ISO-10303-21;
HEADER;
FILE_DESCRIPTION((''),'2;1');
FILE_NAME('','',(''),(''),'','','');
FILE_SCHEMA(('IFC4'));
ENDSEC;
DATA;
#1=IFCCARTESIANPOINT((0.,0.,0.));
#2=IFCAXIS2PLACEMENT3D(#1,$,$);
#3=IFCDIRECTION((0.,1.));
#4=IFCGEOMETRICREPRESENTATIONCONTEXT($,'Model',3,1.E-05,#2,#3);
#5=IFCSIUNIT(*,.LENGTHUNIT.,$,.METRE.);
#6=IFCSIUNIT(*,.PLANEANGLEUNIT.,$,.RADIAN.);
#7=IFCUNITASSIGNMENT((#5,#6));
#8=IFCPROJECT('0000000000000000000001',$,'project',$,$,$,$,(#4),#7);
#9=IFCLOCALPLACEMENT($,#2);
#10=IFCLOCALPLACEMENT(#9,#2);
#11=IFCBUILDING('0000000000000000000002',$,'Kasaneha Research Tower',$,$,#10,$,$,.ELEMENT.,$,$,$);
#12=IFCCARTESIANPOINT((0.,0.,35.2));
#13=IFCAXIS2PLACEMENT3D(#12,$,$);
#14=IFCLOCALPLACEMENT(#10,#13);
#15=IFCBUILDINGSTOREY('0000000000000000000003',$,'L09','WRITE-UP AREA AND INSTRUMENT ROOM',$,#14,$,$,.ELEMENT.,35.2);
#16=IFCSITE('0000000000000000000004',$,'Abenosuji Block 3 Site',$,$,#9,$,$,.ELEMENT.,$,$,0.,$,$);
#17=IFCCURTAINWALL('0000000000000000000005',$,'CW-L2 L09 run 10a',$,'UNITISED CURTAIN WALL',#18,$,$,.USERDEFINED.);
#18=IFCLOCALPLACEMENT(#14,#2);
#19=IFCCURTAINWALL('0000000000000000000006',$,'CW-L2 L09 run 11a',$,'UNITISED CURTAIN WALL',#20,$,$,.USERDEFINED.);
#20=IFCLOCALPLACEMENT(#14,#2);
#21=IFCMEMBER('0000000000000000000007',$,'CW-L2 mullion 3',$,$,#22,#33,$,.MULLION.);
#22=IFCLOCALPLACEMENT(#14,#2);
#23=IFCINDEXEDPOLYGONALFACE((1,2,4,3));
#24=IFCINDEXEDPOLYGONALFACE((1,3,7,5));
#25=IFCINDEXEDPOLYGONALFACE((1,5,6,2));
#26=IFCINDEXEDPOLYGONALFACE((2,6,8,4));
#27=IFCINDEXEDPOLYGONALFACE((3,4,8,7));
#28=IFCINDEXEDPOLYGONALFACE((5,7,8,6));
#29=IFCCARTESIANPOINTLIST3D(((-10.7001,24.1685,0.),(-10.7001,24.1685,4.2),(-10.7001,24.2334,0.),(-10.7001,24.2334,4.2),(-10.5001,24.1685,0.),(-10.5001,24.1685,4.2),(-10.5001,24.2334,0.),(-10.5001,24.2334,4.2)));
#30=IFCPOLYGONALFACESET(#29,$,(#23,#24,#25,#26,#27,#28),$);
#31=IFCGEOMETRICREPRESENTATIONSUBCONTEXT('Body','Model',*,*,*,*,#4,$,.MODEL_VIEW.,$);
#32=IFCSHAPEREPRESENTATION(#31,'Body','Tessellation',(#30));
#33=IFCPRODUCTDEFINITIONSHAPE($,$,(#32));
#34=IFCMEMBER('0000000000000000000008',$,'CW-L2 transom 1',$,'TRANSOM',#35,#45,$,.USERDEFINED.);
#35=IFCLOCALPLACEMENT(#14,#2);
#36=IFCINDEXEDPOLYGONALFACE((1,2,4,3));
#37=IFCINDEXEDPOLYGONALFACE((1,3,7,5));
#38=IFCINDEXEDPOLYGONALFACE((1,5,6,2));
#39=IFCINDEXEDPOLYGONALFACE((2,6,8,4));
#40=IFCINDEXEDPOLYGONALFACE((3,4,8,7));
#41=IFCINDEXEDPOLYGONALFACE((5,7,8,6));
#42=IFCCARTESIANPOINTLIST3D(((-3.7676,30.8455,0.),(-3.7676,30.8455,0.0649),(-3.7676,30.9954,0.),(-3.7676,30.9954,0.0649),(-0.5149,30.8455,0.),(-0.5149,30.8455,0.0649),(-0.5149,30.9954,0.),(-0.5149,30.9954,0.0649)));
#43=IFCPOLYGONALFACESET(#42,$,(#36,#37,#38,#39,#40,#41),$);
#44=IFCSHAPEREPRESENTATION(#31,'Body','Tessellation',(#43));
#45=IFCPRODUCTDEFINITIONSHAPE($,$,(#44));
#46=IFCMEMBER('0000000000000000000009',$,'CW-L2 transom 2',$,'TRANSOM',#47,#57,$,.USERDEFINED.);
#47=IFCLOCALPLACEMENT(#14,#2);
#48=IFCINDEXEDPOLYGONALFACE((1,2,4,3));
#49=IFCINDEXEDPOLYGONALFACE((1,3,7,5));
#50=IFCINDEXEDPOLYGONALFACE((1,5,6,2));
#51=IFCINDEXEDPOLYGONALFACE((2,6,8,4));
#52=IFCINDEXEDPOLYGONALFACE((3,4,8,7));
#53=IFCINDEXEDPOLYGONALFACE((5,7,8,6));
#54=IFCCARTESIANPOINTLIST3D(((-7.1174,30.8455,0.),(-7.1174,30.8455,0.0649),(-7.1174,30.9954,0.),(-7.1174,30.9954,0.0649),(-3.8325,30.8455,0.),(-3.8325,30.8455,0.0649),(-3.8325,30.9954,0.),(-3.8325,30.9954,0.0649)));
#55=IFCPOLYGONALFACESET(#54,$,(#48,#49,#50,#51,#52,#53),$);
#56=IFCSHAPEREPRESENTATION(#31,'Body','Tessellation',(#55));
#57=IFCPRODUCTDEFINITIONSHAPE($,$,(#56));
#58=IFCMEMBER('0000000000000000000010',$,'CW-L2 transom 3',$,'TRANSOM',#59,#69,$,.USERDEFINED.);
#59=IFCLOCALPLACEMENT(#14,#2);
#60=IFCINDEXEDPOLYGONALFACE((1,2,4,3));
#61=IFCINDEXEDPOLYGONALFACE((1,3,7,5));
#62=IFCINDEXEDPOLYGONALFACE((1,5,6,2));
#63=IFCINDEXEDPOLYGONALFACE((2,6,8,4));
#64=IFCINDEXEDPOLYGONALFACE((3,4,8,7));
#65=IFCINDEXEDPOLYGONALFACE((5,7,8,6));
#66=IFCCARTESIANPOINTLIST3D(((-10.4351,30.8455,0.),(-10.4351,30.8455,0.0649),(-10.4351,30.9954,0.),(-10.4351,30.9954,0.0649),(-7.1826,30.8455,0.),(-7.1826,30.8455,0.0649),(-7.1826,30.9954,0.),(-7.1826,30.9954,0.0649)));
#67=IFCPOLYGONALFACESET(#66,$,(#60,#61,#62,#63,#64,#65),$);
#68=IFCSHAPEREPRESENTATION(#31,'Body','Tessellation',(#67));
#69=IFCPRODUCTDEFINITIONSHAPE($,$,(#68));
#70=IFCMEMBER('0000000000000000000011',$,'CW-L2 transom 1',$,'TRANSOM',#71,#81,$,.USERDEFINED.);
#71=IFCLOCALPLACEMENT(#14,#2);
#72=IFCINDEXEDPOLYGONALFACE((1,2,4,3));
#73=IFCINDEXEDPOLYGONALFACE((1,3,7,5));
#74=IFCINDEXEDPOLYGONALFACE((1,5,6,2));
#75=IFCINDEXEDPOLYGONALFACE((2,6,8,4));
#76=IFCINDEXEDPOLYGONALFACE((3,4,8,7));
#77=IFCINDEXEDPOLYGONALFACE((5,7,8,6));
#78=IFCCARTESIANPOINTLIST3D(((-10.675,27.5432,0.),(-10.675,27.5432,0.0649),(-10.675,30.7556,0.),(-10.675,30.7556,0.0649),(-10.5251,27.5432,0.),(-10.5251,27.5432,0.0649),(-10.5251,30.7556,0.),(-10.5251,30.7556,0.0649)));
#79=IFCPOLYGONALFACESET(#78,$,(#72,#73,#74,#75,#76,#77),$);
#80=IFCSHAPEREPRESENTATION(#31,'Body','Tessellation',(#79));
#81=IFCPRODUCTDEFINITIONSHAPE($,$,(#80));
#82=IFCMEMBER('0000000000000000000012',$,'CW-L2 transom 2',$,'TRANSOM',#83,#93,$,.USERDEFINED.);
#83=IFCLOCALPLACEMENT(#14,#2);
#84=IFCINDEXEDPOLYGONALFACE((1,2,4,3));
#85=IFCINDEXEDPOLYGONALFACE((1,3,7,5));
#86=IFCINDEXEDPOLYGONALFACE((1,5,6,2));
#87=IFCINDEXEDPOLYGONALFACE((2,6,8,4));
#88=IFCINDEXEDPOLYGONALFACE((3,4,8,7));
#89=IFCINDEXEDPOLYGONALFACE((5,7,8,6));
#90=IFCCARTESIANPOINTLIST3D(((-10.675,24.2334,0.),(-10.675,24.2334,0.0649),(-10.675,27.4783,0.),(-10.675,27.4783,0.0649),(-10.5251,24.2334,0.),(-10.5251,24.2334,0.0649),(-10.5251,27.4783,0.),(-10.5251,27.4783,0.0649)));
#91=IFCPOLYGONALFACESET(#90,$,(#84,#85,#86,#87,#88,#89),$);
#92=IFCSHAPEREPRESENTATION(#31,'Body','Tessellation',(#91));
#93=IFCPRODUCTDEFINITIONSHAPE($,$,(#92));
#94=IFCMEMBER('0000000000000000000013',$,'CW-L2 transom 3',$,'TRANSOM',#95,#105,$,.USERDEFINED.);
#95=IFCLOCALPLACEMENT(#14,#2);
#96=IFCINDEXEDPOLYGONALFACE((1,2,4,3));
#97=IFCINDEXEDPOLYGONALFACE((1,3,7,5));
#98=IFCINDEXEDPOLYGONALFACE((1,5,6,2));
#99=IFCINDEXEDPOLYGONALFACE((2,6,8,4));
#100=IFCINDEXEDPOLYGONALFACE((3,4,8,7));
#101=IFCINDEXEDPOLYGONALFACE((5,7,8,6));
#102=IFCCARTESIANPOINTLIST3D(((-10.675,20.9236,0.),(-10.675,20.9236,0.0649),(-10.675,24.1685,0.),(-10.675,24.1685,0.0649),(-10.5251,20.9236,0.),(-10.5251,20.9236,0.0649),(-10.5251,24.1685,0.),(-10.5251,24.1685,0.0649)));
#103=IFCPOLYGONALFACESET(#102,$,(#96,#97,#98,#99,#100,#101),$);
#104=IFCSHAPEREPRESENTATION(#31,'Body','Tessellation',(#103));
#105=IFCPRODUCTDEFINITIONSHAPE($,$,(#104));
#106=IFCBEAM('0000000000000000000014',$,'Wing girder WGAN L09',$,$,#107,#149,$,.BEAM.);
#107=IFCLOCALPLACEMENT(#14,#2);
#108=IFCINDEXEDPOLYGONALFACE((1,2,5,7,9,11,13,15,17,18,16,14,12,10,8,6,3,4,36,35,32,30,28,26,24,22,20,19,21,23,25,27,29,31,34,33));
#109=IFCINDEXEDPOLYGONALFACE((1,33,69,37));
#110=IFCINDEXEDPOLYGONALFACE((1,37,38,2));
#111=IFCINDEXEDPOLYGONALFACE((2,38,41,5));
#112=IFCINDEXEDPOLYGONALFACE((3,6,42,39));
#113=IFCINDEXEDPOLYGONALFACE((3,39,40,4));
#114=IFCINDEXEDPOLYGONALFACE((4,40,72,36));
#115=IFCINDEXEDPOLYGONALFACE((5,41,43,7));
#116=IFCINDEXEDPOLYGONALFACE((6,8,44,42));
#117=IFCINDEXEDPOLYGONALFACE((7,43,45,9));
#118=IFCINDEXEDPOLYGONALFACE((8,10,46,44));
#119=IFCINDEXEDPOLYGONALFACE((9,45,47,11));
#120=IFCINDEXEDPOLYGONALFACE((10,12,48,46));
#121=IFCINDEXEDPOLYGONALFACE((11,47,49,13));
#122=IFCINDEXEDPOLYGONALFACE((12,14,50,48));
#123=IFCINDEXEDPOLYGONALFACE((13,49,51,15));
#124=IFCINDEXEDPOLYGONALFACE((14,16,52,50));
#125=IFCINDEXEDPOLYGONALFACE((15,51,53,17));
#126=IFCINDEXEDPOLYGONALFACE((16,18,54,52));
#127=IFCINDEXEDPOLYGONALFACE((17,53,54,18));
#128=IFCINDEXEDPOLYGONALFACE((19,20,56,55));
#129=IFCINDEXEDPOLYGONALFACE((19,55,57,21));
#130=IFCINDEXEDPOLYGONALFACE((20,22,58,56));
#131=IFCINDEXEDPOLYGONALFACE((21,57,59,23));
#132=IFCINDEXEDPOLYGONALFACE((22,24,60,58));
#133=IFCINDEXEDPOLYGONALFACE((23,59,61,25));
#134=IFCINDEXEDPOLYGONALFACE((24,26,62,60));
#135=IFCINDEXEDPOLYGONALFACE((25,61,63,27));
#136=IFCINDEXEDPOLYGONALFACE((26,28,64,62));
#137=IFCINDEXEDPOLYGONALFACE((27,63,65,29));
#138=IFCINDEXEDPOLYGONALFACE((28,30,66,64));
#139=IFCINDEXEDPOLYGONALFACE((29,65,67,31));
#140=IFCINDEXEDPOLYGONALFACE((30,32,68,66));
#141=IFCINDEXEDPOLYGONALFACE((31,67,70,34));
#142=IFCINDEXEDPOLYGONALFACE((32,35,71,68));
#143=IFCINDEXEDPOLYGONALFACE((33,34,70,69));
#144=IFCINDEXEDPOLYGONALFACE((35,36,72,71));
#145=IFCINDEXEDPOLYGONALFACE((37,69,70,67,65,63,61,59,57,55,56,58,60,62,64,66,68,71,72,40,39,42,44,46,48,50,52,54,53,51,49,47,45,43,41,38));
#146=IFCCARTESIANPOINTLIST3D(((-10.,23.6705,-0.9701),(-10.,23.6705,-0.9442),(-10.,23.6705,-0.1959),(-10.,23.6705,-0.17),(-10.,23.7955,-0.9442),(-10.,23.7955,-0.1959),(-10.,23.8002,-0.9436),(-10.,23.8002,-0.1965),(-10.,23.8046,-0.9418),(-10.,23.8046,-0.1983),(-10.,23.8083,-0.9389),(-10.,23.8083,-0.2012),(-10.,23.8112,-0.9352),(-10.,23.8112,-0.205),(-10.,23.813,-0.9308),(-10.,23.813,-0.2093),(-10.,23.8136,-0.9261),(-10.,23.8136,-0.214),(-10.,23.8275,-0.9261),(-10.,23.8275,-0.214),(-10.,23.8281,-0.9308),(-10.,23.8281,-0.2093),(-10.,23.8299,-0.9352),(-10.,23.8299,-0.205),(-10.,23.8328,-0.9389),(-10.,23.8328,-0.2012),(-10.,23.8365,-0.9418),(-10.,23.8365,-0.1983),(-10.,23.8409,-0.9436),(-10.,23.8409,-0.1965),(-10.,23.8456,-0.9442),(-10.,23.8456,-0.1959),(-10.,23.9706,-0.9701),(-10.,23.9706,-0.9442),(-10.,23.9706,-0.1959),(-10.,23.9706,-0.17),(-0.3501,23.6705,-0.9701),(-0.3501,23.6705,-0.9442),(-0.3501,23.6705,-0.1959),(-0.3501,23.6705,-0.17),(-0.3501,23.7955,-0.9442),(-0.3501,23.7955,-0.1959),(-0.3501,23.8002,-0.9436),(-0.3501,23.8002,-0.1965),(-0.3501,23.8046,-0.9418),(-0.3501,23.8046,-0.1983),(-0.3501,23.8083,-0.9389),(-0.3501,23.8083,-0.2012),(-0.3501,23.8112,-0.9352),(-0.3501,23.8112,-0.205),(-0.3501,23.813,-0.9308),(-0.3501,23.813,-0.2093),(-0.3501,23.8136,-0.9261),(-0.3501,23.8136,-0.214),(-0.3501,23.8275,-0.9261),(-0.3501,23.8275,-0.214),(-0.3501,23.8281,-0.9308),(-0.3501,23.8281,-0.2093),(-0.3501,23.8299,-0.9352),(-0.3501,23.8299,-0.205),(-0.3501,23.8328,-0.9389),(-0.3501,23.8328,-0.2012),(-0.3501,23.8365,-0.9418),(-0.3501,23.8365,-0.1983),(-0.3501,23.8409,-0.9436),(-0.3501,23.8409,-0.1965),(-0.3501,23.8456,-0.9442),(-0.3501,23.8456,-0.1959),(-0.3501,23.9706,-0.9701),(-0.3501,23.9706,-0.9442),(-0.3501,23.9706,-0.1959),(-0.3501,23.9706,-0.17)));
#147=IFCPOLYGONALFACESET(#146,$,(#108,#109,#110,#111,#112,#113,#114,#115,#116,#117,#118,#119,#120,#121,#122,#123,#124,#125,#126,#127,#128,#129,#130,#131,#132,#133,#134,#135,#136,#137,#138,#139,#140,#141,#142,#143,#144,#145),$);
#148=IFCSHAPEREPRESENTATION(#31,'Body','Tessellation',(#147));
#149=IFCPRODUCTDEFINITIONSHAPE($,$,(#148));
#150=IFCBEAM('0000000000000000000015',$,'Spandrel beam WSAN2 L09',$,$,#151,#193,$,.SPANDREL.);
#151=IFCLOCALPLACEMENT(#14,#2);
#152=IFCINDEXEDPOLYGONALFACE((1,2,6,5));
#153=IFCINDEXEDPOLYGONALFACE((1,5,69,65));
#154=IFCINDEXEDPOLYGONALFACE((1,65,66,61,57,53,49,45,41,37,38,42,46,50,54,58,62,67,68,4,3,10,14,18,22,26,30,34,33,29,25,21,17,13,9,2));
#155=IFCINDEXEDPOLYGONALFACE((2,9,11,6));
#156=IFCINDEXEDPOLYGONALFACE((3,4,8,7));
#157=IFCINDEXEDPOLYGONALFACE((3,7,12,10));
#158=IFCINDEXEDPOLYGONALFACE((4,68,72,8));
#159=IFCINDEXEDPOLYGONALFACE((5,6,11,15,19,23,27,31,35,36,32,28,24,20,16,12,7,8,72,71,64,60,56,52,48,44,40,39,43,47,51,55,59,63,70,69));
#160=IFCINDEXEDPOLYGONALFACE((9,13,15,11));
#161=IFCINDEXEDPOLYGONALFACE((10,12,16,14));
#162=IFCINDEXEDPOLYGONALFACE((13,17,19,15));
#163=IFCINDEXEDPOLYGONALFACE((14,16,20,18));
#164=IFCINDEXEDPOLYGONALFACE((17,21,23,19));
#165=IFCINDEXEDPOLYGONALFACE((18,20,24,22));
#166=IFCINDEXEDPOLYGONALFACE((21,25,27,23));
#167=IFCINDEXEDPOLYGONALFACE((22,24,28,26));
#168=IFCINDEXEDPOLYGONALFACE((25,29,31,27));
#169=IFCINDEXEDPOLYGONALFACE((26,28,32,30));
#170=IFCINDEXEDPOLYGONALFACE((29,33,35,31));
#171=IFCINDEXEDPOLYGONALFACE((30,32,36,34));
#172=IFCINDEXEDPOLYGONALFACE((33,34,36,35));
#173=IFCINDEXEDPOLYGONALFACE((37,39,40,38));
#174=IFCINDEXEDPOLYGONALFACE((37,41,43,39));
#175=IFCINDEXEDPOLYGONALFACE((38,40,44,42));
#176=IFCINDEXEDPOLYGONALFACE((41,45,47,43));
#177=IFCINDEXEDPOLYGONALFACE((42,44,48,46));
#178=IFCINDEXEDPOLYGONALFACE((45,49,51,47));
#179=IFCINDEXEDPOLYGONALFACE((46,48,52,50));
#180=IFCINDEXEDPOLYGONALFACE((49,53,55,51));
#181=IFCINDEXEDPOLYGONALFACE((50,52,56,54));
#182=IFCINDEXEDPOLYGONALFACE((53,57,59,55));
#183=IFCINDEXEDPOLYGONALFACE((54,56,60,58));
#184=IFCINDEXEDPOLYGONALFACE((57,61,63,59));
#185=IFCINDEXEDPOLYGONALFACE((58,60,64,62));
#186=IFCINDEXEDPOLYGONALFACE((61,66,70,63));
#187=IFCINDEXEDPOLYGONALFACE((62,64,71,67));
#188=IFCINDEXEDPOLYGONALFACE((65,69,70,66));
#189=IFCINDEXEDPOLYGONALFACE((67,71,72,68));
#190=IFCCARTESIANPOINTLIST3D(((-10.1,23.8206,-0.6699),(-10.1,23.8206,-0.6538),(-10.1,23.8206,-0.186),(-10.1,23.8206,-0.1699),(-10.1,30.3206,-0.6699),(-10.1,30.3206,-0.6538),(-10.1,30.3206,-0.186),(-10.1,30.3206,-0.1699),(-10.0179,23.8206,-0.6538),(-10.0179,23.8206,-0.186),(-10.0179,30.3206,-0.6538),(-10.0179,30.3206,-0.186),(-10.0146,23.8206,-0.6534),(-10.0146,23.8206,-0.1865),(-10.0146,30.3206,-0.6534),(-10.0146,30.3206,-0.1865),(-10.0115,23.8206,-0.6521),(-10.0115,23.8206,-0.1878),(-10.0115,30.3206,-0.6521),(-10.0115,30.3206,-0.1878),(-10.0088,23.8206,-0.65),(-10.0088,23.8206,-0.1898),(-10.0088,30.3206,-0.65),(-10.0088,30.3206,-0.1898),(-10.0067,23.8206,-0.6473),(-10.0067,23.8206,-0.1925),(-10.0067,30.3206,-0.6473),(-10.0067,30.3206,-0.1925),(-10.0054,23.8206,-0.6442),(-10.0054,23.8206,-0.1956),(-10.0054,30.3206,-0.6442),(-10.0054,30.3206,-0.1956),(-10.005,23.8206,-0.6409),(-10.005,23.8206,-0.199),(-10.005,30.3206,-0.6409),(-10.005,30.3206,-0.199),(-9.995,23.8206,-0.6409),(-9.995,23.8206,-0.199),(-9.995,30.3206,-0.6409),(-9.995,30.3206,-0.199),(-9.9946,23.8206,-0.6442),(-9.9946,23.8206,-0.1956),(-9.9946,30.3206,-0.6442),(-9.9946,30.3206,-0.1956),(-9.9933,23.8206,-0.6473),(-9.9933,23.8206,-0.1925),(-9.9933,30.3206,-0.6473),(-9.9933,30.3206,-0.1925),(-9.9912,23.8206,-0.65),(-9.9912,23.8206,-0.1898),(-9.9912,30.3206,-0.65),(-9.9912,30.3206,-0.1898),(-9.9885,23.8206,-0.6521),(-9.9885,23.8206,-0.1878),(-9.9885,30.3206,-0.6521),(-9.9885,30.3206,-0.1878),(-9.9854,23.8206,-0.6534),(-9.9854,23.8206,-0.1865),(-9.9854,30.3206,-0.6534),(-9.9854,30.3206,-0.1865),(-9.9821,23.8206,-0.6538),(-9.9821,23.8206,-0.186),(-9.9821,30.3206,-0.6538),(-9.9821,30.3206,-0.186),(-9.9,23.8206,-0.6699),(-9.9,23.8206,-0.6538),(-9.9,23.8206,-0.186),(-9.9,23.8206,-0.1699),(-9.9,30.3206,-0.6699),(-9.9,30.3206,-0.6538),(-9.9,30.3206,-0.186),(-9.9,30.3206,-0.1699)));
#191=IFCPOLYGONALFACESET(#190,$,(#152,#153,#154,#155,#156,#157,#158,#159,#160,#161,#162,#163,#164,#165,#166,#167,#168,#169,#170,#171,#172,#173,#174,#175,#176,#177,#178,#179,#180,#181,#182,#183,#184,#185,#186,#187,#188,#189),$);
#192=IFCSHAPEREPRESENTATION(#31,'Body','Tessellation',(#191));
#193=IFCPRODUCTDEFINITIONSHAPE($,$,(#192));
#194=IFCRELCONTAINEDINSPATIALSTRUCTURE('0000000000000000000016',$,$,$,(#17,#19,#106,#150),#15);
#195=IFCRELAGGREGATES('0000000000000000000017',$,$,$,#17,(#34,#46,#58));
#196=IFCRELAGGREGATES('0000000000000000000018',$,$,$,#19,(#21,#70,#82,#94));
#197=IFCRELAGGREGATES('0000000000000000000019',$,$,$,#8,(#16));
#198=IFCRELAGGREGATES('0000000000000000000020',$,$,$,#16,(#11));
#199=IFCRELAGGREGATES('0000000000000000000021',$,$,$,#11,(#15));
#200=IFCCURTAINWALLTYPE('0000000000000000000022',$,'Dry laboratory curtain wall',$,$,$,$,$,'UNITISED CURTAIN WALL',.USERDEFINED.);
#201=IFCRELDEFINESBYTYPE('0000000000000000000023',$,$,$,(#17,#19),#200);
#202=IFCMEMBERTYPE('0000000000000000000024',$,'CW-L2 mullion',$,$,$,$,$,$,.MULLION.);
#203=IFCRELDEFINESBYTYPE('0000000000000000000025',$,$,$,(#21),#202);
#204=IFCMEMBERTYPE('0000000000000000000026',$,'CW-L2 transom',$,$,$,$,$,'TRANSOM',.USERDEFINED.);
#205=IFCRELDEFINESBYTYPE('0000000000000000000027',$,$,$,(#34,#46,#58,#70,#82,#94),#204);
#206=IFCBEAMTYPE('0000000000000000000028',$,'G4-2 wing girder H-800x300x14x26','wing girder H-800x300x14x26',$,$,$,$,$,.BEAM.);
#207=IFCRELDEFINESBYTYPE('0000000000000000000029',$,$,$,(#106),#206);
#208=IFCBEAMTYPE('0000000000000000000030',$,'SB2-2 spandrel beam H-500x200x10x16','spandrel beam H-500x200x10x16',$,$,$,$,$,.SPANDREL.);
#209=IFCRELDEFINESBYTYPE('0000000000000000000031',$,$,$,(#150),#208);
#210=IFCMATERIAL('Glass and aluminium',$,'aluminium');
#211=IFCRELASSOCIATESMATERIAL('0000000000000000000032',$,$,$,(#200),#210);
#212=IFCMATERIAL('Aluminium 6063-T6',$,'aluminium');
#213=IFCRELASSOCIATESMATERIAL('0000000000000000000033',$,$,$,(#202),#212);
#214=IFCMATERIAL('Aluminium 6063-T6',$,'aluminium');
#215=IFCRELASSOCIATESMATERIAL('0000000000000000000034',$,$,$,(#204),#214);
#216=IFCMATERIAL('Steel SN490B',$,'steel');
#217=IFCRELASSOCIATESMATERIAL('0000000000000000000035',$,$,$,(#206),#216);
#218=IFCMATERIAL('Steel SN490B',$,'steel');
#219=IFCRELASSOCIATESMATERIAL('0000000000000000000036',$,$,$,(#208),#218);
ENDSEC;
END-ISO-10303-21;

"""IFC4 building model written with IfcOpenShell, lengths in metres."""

from ifc_helpers import new_model, si_unit, direction, frame, origin, origin_2d, place, context, subcontext, project, spatial, rectangle, i_section, extrude, material, material_profile, profile_set, type_object, element, aggregate, save


model = new_model("IFC4")

# Units and contexts
model_context = context("Model", 3, precision=1e-05, world=origin(), true_north=direction((0.0, 1.0)))
body_context = subcontext(model_context, "Body", "Model", "MODEL_VIEW")
ifc_project = project(units=[si_unit("LENGTHUNIT", "METRE"), si_unit("PLANEANGLEUNIT", "RADIAN")], contexts=[model_context])

# Site, building, storey
site_placement = place(None, origin())
site = spatial("IfcSite", under=ifc_project, at=site_placement, Name="Abenosuji Block 3 Site", CompositionType="ELEMENT", RefElevation=0.0)
building_placement = place(site_placement, origin())
building = spatial("IfcBuilding", under=site, at=building_placement, Name="Kasaneha Research Tower", CompositionType="ELEMENT")
storey_placement = place(building_placement, frame((0.0, 0.0, 35.2)))
storey = spatial("IfcBuildingStorey", under=building, at=storey_placement, Name="L09", Description="WRITE-UP AREA AND INSTRUMENT ROOM", CompositionType="ELEMENT", Elevation=35.2)

# Curtain walls, member
ifc_material_1 = material(Name="Glass and aluminium", Category="aluminium")
curtain_wall_type = type_object("IfcCurtainWallType", Name="Dry laboratory curtain wall", ElementType="UNITISED CURTAIN WALL", PredefinedType="USERDEFINED", material=ifc_material_1)
curtain_wall_1_placement = place(storey_placement, origin())
curtain_wall_1 = element("IfcCurtainWall", 1, at=curtain_wall_1_placement, inside=storey, type_object=curtain_wall_type, Name="CW-L2 L09 run 10a", ObjectType="UNITISED CURTAIN WALL", PredefinedType="USERDEFINED")
ifc_material_2 = material(Name="Aluminium 6063-T6", Category="aluminium")
ifc_material_profile_1 = material_profile(ifc_material_2, rectangle(XDim=0.0649, YDim=0.2, at=origin_2d()), Name="CW-L2 mullion 65x200")
ifc_profile_set_1 = profile_set([ifc_material_profile_1], Name="Aluminium 6063-T6")
member_type_1 = type_object("IfcMemberType", Name="CW-L2 mullion", PredefinedType="MULLION", material=ifc_profile_set_1)
curtain_wall_2_placement = place(storey_placement, origin())
curtain_wall_2 = element("IfcCurtainWall", 2, at=curtain_wall_2_placement, inside=storey, type_object=curtain_wall_type, Name="CW-L2 L09 run 11a", ObjectType="UNITISED CURTAIN WALL", PredefinedType="USERDEFINED")
member_1_placement = place(storey_placement, frame((-10.6001, 24.2009, 0.0), z_axis=(0.0, 0.0, 1.0), x_axis=(0.0, -1.0, 0.0)))
member_1 = element("IfcMember", 3, at=member_1_placement, type_object=member_type_1, Name="CW-L2 mullion 3", PredefinedType="MULLION", context=body_context, shape_type="SweptSolid", body=[
    extrude(rectangle(XDim=0.0649, YDim=0.2, at=origin_2d()), origin(), (0.0, 0.0, 1.0), 4.2),
])

# Members
ifc_material_3 = material(Name="Aluminium 6063-T6", Category="aluminium")
ifc_material_profile_2 = material_profile(ifc_material_3, rectangle(XDim=0.1499, YDim=0.0649, at=origin_2d()), Name="CW-L2 transom 150x65")
ifc_profile_set_2 = profile_set([ifc_material_profile_2], Name="Aluminium 6063-T6")
member_type_2 = type_object("IfcMemberType", Name="CW-L2 transom", ElementType="TRANSOM", PredefinedType="USERDEFINED", material=ifc_profile_set_2)
member_2_placement = place(storey_placement, frame((-0.5149, 30.9204, 0.0325), z_axis=(-1.0, 0.0, 0.0), x_axis=(0.0, -1.0, 0.0)))
member_2 = element("IfcMember", 4, at=member_2_placement, type_object=member_type_2, Name="CW-L2 transom 1", ObjectType="TRANSOM", PredefinedType="USERDEFINED", context=body_context, shape_type="SweptSolid", body=[
    extrude(rectangle(XDim=0.1499, YDim=0.0649, at=origin_2d()), origin(), (0.0, 0.0, 1.0), 3.2527),
])
member_3_placement = place(storey_placement, frame((-3.8325, 30.9204, 0.0325), z_axis=(-1.0, 0.0, 0.0), x_axis=(0.0, -1.0, 0.0)))
member_3 = element("IfcMember", 5, at=member_3_placement, type_object=member_type_2, Name="CW-L2 transom 2", ObjectType="TRANSOM", PredefinedType="USERDEFINED", context=body_context, shape_type="SweptSolid", body=[
    extrude(rectangle(XDim=0.1499, YDim=0.0649, at=origin_2d()), origin(), (0.0, 0.0, 1.0), 3.2849),
])
member_4_placement = place(storey_placement, frame((-7.1826, 30.9204, 0.0325), z_axis=(-1.0, 0.0, 0.0), x_axis=(0.0, -1.0, 0.0)))
member_4 = element("IfcMember", 6, at=member_4_placement, type_object=member_type_2, Name="CW-L2 transom 3", ObjectType="TRANSOM", PredefinedType="USERDEFINED", context=body_context, shape_type="SweptSolid", body=[
    extrude(rectangle(XDim=0.1499, YDim=0.0649, at=origin_2d()), origin(), (0.0, 0.0, 1.0), 3.2524),
])
member_5_placement = place(storey_placement, frame((-10.6001, 30.7556, 0.0325), z_axis=(0.0, -1.0, 0.0), x_axis=(1.0, 0.0, 0.0)))
member_5 = element("IfcMember", 7, at=member_5_placement, type_object=member_type_2, Name="CW-L2 transom 1", ObjectType="TRANSOM", PredefinedType="USERDEFINED", context=body_context, shape_type="SweptSolid", body=[
    extrude(rectangle(XDim=0.1499, YDim=0.0649, at=origin_2d()), origin(), (0.0, 0.0, 1.0), 3.2124),
])
member_6_placement = place(storey_placement, frame((-10.6001, 27.4783, 0.0325), z_axis=(0.0, -1.0, 0.0), x_axis=(1.0, 0.0, 0.0)))
member_6 = element("IfcMember", 8, at=member_6_placement, type_object=member_type_2, Name="CW-L2 transom 2", ObjectType="TRANSOM", PredefinedType="USERDEFINED", context=body_context, shape_type="SweptSolid", body=[
    extrude(rectangle(XDim=0.1499, YDim=0.0649, at=origin_2d()), origin(), (0.0, 0.0, 1.0), 3.2449),
])
member_7_placement = place(storey_placement, frame((-10.6001, 24.1685, 0.0325), z_axis=(0.0, -1.0, 0.0), x_axis=(1.0, 0.0, 0.0)))
member_7 = element("IfcMember", 9, at=member_7_placement, type_object=member_type_2, Name="CW-L2 transom 3", ObjectType="TRANSOM", PredefinedType="USERDEFINED", context=body_context, shape_type="SweptSolid", body=[
    extrude(rectangle(XDim=0.1499, YDim=0.0649, at=origin_2d()), origin(), (0.0, 0.0, 1.0), 3.2449),
])

# Beams
ifc_material_4 = material(Name="Steel SN490B", Category="steel")
ifc_material_profile_3 = material_profile(ifc_material_4, i_section(OverallWidth=0.3, OverallDepth=0.8, WebThickness=0.0139, FlangeThickness=0.0259, FilletRadius=0.0181, at=origin_2d()), Name="H-800x300x14x26")
ifc_profile_set_3 = profile_set([ifc_material_profile_3], Name="Steel SN490B")
beam_type_1 = type_object("IfcBeamType", Name="G4-2 wing girder H-800x300x14x26", Description="wing girder H-800x300x14x26", PredefinedType="BEAM", material=ifc_profile_set_3)
beam_1_placement = place(storey_placement, frame((-10.0, 23.8206, -0.5701), z_axis=(1.0, 0.0, 0.0), x_axis=(0.0, 1.0, 0.0)))
element("IfcBeam", 10, at=beam_1_placement, inside=storey, type_object=beam_type_1, Name="Wing girder WGAN L09", PredefinedType="BEAM", context=body_context, shape_type="SweptSolid", body=[
    extrude(i_section(OverallWidth=0.3, OverallDepth=0.8, WebThickness=0.0139, FlangeThickness=0.0259, FilletRadius=0.0181, at=origin_2d()), origin(), (0.0, 0.0, 1.0), 9.6499),
])
ifc_material_5 = material(Name="Steel SN490B", Category="steel")
ifc_material_profile_4 = material_profile(ifc_material_5, i_section(OverallWidth=0.2, OverallDepth=0.5, WebThickness=0.01, FlangeThickness=0.0161, FilletRadius=0.0129, at=origin_2d()), Name="H-500x200x10x16")
ifc_profile_set_4 = profile_set([ifc_material_profile_4], Name="Steel SN490B")
beam_type_2 = type_object("IfcBeamType", Name="SB2-2 spandrel beam H-500x200x10x16", Description="spandrel beam H-500x200x10x16", PredefinedType="SPANDREL", material=ifc_profile_set_4)
beam_2_placement = place(storey_placement, frame((-10.0, 23.8206, -0.4199), z_axis=(0.0, 1.0, 0.0), x_axis=(-1.0, 0.0, 0.0)))
element("IfcBeam", 11, at=beam_2_placement, inside=storey, type_object=beam_type_2, Name="Spandrel beam WSAN2 L09", PredefinedType="SPANDREL", context=body_context, shape_type="SweptSolid", body=[
    extrude(i_section(OverallWidth=0.2, OverallDepth=0.5, WebThickness=0.01, FlangeThickness=0.0161, FilletRadius=0.0129, at=origin_2d()), origin(), (0.0, 0.0, 1.0), 6.5),
])

aggregate(curtain_wall_1, [member_2, member_3, member_4])
aggregate(curtain_wall_2, [member_1, member_5, member_6, member_7])

save(model, "model.ifc")
